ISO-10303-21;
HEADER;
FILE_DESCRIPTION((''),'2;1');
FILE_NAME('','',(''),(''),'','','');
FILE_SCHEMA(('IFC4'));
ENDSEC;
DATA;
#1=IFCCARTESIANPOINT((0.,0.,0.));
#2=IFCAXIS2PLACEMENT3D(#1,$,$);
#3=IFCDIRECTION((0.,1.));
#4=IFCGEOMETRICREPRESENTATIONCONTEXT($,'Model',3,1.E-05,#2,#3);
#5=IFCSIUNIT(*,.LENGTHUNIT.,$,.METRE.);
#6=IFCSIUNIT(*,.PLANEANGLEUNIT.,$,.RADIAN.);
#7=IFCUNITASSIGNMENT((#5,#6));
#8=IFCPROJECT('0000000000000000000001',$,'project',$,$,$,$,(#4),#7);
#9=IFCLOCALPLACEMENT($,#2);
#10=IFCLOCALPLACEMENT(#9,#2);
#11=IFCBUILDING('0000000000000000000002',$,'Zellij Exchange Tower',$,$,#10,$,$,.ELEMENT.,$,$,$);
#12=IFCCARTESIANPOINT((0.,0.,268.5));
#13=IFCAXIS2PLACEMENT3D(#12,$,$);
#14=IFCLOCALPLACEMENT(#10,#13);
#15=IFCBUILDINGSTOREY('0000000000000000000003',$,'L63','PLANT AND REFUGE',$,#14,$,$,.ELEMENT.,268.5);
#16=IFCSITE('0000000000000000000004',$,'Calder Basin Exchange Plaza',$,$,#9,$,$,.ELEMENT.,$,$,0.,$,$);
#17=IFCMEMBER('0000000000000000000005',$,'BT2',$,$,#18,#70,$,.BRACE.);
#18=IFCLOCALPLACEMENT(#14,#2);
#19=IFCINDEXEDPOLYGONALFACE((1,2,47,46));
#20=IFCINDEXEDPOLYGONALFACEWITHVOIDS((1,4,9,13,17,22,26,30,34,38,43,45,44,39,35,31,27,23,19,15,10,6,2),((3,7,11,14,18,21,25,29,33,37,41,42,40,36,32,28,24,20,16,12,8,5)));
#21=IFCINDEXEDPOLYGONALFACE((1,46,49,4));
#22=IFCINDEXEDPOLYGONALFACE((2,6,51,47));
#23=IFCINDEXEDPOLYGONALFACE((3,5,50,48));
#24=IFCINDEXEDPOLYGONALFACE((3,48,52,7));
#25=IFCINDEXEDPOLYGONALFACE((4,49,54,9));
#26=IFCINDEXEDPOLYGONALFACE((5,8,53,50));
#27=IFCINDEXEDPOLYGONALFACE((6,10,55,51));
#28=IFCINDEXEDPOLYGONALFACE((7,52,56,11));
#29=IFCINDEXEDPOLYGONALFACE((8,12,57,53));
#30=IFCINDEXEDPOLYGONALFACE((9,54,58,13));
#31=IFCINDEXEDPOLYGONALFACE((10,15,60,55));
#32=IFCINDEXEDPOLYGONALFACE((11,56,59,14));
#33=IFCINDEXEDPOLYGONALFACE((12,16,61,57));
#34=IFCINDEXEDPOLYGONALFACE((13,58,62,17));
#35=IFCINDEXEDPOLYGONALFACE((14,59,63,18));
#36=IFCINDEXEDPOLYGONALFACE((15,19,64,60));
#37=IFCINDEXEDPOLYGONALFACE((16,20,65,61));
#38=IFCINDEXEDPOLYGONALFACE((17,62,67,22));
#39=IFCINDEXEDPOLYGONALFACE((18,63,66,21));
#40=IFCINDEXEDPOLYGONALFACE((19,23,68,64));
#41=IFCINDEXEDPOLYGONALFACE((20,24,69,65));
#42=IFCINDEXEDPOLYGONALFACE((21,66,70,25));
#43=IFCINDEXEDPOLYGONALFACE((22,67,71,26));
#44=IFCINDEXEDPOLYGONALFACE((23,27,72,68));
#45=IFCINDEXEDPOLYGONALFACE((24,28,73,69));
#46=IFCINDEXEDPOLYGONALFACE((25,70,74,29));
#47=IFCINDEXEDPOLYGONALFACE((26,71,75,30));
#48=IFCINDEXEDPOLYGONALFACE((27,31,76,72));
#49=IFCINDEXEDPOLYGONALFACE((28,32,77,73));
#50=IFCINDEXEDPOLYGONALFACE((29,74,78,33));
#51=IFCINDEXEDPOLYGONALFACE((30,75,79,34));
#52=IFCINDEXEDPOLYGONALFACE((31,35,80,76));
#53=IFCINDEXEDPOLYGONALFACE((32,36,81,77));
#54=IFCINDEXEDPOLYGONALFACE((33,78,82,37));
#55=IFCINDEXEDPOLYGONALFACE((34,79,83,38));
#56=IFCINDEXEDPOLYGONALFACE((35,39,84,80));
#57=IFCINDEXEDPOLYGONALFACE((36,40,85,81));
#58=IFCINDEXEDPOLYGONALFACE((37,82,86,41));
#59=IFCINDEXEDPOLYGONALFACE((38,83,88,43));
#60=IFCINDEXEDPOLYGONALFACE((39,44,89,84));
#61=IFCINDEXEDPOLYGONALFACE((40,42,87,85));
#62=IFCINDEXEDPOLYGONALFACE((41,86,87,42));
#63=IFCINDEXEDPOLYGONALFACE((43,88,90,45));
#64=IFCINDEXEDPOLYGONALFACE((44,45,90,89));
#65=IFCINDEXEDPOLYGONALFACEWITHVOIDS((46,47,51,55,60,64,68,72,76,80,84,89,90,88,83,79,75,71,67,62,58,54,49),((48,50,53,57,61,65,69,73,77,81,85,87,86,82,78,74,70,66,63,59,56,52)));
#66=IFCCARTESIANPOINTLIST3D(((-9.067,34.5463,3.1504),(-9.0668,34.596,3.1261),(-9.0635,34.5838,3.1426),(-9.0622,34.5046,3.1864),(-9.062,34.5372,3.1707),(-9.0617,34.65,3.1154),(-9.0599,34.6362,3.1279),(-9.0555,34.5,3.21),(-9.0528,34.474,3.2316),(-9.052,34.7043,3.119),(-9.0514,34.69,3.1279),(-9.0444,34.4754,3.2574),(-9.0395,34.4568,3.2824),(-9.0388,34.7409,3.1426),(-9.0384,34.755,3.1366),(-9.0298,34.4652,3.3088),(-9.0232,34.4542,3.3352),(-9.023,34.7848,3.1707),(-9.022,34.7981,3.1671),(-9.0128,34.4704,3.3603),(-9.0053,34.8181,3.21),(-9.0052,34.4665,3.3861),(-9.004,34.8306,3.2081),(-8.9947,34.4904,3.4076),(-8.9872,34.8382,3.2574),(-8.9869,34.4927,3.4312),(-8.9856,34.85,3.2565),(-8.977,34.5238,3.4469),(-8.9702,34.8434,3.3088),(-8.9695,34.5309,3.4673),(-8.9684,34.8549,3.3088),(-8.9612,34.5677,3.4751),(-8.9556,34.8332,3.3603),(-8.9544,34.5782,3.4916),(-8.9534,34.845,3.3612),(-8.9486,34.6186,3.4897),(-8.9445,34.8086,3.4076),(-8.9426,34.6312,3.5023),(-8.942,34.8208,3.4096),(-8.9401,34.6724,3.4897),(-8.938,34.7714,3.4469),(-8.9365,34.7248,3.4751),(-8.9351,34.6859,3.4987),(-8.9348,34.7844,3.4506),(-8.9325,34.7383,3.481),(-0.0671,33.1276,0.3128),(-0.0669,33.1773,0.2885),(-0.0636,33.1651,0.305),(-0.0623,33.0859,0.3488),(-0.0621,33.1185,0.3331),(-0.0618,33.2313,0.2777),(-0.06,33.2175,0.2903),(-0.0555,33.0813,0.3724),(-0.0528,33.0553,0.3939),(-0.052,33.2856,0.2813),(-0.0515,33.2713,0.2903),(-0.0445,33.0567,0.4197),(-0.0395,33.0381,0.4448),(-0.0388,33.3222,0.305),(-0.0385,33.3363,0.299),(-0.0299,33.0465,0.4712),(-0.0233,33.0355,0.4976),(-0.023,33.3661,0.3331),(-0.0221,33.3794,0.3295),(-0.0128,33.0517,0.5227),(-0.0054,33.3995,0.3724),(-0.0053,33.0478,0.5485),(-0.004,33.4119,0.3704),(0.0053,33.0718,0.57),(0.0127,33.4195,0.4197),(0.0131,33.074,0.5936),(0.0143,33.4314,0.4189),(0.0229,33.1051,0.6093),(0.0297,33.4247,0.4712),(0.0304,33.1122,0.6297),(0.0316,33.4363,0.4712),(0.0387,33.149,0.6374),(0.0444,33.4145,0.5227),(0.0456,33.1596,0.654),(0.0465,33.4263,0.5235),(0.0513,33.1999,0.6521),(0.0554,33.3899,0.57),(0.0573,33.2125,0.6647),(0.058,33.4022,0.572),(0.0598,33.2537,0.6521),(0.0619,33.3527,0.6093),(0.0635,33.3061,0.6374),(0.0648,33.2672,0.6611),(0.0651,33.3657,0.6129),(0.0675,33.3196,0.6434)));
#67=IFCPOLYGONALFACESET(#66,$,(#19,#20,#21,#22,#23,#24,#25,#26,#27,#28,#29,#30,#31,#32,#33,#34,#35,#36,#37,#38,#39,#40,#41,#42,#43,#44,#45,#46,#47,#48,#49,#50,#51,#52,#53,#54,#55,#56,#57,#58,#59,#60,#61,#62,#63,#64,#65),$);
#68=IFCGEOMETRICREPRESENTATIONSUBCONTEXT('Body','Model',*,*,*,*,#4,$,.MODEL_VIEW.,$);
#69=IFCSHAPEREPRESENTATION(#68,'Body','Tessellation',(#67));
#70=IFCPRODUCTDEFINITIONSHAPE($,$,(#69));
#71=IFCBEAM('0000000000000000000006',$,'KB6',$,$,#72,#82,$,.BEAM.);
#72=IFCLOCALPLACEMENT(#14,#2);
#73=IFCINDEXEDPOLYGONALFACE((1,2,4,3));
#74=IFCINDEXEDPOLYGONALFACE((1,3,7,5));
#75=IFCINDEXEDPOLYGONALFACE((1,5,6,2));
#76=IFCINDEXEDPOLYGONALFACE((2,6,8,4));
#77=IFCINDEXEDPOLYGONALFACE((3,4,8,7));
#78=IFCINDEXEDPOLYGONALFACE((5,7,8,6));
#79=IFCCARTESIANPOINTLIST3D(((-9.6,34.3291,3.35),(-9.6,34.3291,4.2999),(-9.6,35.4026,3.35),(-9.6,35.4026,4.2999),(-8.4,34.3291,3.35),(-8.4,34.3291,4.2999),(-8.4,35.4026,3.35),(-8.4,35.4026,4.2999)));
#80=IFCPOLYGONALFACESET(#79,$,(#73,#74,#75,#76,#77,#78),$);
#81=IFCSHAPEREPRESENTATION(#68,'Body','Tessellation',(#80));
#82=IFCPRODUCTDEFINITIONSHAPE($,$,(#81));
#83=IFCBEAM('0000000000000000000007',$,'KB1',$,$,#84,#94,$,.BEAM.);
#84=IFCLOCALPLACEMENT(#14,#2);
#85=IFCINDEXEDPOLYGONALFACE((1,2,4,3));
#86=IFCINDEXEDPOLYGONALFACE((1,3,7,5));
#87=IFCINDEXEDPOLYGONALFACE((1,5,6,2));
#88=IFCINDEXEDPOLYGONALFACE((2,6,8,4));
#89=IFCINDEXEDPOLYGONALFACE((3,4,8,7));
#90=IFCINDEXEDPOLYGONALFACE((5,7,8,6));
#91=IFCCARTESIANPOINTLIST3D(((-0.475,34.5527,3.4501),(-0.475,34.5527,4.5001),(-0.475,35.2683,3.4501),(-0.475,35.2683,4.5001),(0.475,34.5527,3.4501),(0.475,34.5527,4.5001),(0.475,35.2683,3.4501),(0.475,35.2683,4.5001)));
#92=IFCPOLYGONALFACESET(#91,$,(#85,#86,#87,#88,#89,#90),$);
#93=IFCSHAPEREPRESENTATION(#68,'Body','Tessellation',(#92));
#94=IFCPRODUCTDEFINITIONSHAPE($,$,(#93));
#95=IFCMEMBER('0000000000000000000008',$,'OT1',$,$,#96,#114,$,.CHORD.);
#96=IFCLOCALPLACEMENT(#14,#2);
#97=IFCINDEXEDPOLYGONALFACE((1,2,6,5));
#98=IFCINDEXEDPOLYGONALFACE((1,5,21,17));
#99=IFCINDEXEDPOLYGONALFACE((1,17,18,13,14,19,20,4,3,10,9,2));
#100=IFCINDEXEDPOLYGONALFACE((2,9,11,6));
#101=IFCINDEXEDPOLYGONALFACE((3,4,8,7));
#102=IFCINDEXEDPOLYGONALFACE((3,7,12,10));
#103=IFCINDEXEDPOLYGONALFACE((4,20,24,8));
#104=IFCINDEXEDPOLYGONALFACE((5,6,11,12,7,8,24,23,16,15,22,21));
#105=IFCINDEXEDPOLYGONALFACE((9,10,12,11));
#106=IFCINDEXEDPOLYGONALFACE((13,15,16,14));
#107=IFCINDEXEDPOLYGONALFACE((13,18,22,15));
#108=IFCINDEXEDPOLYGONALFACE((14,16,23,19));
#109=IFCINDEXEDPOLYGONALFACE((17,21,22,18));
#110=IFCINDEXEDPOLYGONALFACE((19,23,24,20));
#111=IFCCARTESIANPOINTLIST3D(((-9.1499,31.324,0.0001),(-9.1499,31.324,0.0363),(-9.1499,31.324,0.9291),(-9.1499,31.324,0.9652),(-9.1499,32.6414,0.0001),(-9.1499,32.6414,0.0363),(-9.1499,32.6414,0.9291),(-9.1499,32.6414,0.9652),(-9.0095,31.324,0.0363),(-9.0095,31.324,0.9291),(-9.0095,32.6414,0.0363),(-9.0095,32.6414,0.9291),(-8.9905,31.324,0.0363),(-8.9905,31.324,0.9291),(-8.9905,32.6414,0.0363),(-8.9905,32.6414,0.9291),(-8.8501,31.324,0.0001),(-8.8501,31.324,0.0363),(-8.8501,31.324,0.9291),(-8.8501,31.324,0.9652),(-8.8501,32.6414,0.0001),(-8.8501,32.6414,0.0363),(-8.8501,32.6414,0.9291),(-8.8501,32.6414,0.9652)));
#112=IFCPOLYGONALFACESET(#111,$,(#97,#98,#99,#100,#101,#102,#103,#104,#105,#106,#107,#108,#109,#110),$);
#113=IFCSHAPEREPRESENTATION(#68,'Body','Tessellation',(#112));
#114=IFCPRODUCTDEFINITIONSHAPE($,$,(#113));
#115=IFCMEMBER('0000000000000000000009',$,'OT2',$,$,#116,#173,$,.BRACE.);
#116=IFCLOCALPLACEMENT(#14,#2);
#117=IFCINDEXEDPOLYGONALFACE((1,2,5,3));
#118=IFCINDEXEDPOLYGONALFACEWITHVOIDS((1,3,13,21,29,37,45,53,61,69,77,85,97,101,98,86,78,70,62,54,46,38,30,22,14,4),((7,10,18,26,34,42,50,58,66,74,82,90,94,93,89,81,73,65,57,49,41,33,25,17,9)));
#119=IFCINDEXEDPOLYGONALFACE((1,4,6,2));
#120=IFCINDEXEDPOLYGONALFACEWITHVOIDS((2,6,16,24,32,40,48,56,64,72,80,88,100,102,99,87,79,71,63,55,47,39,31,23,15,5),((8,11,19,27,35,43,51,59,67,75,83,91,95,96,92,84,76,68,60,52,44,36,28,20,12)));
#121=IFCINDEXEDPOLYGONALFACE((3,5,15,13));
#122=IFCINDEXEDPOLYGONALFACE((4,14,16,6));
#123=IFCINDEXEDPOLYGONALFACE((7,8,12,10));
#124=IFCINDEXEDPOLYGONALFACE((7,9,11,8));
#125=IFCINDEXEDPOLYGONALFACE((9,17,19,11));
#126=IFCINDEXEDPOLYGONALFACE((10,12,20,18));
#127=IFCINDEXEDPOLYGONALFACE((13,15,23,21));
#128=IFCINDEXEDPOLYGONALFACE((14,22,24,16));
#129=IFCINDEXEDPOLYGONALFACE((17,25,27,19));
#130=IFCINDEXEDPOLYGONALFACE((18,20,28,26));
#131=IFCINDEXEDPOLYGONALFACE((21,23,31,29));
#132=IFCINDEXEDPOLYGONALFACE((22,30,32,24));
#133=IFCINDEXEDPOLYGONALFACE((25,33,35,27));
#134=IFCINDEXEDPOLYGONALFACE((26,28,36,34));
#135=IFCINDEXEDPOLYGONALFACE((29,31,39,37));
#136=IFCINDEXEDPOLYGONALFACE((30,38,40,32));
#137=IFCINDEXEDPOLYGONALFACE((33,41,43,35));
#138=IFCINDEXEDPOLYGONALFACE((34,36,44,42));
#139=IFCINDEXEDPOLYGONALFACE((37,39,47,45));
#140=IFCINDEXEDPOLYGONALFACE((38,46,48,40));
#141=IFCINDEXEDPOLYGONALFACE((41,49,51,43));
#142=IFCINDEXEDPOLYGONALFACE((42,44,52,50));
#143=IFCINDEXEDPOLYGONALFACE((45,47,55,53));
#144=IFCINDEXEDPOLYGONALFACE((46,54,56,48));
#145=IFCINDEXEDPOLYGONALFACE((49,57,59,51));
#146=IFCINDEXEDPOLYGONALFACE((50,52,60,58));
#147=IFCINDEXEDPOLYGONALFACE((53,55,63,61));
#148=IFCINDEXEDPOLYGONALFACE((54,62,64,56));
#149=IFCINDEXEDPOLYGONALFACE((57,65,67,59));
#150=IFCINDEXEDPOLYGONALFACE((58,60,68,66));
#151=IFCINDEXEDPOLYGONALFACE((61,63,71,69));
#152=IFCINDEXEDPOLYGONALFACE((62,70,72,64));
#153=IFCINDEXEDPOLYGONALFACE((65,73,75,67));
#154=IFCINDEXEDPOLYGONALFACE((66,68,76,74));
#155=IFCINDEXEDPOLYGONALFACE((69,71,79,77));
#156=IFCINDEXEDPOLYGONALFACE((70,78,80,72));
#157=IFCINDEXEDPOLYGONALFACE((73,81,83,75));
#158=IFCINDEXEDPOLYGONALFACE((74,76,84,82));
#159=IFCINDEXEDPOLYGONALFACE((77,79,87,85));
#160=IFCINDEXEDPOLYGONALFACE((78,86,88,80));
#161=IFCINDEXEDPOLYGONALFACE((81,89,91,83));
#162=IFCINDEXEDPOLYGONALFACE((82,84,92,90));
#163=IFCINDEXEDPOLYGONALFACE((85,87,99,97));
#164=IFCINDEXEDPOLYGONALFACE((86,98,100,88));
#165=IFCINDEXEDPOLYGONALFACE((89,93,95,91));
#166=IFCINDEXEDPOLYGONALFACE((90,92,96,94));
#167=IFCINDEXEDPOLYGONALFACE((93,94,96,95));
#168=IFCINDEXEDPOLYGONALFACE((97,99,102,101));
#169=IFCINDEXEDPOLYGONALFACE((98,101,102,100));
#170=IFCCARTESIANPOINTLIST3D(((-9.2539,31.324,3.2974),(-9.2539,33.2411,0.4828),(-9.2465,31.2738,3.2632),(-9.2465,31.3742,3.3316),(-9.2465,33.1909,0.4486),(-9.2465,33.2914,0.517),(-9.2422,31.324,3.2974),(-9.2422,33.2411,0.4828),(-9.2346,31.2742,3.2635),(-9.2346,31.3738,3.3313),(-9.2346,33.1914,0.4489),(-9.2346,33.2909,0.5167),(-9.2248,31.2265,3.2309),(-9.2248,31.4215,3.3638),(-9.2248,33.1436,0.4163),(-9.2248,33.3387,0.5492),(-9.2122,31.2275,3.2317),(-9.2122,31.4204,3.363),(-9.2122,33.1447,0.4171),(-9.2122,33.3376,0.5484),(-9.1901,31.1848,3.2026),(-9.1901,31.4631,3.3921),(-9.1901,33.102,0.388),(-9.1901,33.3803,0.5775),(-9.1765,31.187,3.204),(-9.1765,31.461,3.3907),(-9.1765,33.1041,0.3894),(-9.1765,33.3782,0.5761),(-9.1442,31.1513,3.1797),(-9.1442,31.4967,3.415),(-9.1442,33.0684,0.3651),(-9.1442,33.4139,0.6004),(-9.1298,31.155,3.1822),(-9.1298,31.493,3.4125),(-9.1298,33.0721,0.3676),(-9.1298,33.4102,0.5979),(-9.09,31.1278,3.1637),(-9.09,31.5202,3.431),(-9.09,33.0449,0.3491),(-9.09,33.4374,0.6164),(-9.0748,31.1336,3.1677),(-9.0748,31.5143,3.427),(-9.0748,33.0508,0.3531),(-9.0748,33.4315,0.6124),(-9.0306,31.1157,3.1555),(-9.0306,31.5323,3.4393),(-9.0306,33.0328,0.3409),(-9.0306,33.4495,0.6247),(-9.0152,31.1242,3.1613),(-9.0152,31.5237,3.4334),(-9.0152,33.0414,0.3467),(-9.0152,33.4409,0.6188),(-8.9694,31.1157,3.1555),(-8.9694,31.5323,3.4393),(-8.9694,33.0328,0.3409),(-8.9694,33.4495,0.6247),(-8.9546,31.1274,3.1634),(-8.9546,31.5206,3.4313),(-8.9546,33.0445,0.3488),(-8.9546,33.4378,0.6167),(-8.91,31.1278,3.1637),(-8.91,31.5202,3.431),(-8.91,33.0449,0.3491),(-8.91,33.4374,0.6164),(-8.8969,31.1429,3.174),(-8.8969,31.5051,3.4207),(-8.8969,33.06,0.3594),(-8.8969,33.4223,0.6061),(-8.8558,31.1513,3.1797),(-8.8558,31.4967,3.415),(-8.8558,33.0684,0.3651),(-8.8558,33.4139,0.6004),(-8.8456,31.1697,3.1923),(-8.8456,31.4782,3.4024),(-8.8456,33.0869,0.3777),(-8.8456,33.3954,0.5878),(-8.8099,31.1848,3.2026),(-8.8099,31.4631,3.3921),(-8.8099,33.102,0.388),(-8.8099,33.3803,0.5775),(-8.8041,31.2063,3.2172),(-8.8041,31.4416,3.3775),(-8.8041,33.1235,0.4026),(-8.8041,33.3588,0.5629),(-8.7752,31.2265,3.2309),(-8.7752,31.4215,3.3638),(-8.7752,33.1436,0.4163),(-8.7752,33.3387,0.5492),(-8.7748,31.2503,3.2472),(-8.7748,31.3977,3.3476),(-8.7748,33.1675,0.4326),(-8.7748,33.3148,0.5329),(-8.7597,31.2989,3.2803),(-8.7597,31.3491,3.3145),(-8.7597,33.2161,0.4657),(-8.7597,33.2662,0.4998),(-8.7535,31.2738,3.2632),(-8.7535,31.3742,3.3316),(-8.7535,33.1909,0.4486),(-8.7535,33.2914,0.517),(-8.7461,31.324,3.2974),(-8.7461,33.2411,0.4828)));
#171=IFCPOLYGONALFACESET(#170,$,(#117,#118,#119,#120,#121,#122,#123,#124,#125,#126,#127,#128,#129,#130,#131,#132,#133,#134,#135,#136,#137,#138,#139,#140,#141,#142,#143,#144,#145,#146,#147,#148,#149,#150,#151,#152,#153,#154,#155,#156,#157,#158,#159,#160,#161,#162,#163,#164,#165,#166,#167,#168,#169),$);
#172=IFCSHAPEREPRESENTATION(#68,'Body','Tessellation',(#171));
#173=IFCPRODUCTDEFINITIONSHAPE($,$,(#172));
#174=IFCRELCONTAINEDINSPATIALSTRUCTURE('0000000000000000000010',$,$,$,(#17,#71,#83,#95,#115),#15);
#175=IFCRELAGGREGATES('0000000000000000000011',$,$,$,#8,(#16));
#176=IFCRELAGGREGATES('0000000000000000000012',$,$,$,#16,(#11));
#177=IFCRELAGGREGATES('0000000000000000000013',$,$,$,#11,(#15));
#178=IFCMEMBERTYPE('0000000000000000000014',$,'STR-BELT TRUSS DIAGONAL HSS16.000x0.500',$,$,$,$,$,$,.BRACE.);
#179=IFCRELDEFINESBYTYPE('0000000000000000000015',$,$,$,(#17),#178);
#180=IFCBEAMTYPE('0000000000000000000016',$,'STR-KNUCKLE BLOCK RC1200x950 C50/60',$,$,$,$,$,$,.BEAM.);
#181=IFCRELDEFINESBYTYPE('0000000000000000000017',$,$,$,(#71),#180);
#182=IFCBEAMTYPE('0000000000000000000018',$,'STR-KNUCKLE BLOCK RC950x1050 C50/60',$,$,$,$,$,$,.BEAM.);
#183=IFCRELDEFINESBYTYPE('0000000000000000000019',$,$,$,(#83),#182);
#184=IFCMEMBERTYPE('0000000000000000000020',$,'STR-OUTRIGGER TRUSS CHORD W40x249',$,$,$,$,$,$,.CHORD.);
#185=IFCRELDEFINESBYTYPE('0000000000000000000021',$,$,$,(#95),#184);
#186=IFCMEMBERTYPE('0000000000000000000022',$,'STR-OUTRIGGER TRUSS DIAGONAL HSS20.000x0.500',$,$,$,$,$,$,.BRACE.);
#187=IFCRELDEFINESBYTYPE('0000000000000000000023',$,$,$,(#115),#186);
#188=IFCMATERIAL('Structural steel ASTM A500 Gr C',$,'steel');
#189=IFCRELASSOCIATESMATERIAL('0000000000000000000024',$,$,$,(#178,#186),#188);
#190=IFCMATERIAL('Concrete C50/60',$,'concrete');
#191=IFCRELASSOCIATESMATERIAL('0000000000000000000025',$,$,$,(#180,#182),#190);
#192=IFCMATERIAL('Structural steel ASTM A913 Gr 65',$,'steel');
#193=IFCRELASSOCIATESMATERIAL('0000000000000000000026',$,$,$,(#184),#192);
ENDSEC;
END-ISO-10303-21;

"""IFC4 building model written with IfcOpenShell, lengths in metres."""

from ifc_helpers import new_model, si_unit, direction, frame, origin, origin_2d, place, context, subcontext, project, spatial, rectangle, hollow_circle, i_section, extrude, material, material_profile, profile_set, type_object, element, save


model = new_model("IFC4")

# Units and contexts
model_context = context("Model", 3, precision=1e-05, world=origin(), true_north=direction((0.0, 1.0)))
body_context = subcontext(model_context, "Body", "Model", "MODEL_VIEW")
ifc_project = project(units=[si_unit("LENGTHUNIT", "METRE"), si_unit("PLANEANGLEUNIT", "RADIAN")], contexts=[model_context])

# Site, building, storey
site_placement = place(None, origin())
site = spatial("IfcSite", under=ifc_project, at=site_placement, Name="Calder Basin Exchange Plaza", CompositionType="ELEMENT", RefElevation=0.0)
building_placement = place(site_placement, origin())
building = spatial("IfcBuilding", under=site, at=building_placement, Name="Zellij Exchange Tower", CompositionType="ELEMENT")
storey_placement = place(building_placement, frame((0.0, 0.0, 268.5)))
storey = spatial("IfcBuildingStorey", under=building, at=storey_placement, Name="L63", Description="PLANT AND REFUGE", CompositionType="ELEMENT", Elevation=268.5)

# Shared definitions
ifc_material_1 = material(Name="Concrete C50/60", Category="concrete")

# Member
ifc_material_2 = material(Name="Structural steel ASTM A500 Gr C", Category="steel")
ifc_material_profile_1 = material_profile(ifc_material_2, hollow_circle(Radius=0.2031, WallThickness=0.0117, at=origin_2d()), Name="STR-BELT TRUSS DIAGONAL HSS16.000x0.500")
ifc_profile_set_1 = profile_set([ifc_material_profile_1], Name="Structural steel ASTM A500 Gr C")
member_type_1 = type_object("IfcMemberType", Name="STR-BELT TRUSS DIAGONAL HSS16.000x0.500", PredefinedType="BRACE", material=ifc_profile_set_1)
member_1_placement = place(storey_placement, frame((-9.0, 34.6543, 3.3088), z_axis=(0.94312, -0.148667, -0.29736), x_axis=(0.155711, 0.987803, 0.0)))
element("IfcMember", 1, at=member_1_placement, inside=storey, type_object=member_type_1, Name="BT2", PredefinedType="BRACE", context=body_context, shape_type="SweptSolid", body=[
    extrude(hollow_circle(Radius=0.2031, WallThickness=0.0117, at=origin_2d()), origin(), (0.0, 0.0, 1.0), 9.5427),
])

# Beams
ifc_material_profile_2 = material_profile(ifc_material_1, rectangle(XDim=1.2, YDim=0.95, at=origin_2d()), Name="STR-KNUCKLE BLOCK RC1200x950 C50/60")
ifc_profile_set_2 = profile_set([ifc_material_profile_2], Name="Concrete C50/60")
beam_type_1 = type_object("IfcBeamType", Name="STR-KNUCKLE BLOCK RC1200x950 C50/60", PredefinedType="BEAM", material=ifc_profile_set_2)
beam_1_placement = place(storey_placement, frame((-9.0, 34.3291, 3.825), z_axis=(0.0, 1.0, 0.0), x_axis=(-1.0, 0.0, 0.0)))
element("IfcBeam", 2, at=beam_1_placement, inside=storey, type_object=beam_type_1, Name="KB6", PredefinedType="BEAM", context=body_context, shape_type="SweptSolid", body=[
    extrude(rectangle(XDim=1.2, YDim=0.95, at=origin_2d()), origin(), (0.0, 0.0, 1.0), 1.0735),
])
ifc_material_profile_3 = material_profile(ifc_material_1, rectangle(XDim=0.95, YDim=1.05, at=origin_2d()), Name="STR-KNUCKLE BLOCK RC950x1050 C50/60")
ifc_profile_set_3 = profile_set([ifc_material_profile_3], Name="Concrete C50/60")
beam_type_2 = type_object("IfcBeamType", Name="STR-KNUCKLE BLOCK RC950x1050 C50/60", PredefinedType="BEAM", material=ifc_profile_set_3)
beam_2_placement = place(storey_placement, frame((0.0, 34.5527, 3.9751), z_axis=(0.0, 1.0, 0.0), x_axis=(-1.0, 0.0, 0.0)))
element("IfcBeam", 3, at=beam_2_placement, inside=storey, type_object=beam_type_2, Name="KB1", PredefinedType="BEAM", context=body_context, shape_type="SweptSolid", body=[
    extrude(rectangle(XDim=0.95, YDim=1.05, at=origin_2d()), origin(), (0.0, 0.0, 1.0), 0.7156),
])

# Members
ifc_material_3 = material(Name="Structural steel ASTM A913 Gr 65", Category="steel")
ifc_material_profile_4 = material_profile(ifc_material_3, i_section(OverallWidth=0.2998, OverallDepth=0.9651, WebThickness=0.019, FlangeThickness=0.0361, at=origin_2d()), Name="W40x249")
ifc_profile_set_4 = profile_set([ifc_material_profile_4], Name="Structural steel ASTM A913 Gr 65")
member_type_2 = type_object("IfcMemberType", Name="STR-OUTRIGGER TRUSS CHORD W40x249", PredefinedType="CHORD", material=ifc_profile_set_4)
member_2_placement = place(storey_placement, frame((-9.0, 31.324, 0.4827), z_axis=(0.0, 1.0, 0.0), x_axis=(-1.0, 0.0, 0.0)))
element("IfcMember", 4, at=member_2_placement, inside=storey, type_object=member_type_2, Name="OT1", PredefinedType="CHORD", context=body_context, shape_type="SweptSolid", body=[
    extrude(i_section(OverallWidth=0.2998, OverallDepth=0.9651, WebThickness=0.019, FlangeThickness=0.0361, at=origin_2d()), origin(), (0.0, 0.0, 1.0), 1.3174),
])
ifc_material_profile_5 = material_profile(ifc_material_2, hollow_circle(Radius=0.2539, WallThickness=0.0117, at=origin_2d()), Name="STR-OUTRIGGER TRUSS DIAGONAL HSS20.000x0.500")
ifc_profile_set_5 = profile_set([ifc_material_profile_5], Name="Structural steel ASTM A500 Gr C")
member_type_3 = type_object("IfcMemberType", Name="STR-OUTRIGGER TRUSS DIAGONAL HSS20.000x0.500", PredefinedType="BRACE", material=ifc_profile_set_5)
member_3_placement = place(storey_placement, frame((-9.0, 31.324, 3.2974), z_axis=(0.0, 0.562961, -0.826484), x_axis=(-1.0, 0.0, 0.0)))
element("IfcMember", 5, at=member_3_placement, inside=storey, type_object=member_type_3, Name="OT2", PredefinedType="BRACE", context=body_context, shape_type="SweptSolid", body=[
    extrude(hollow_circle(Radius=0.2539, WallThickness=0.0117, at=origin_2d()), origin(), (0.0, 0.0, 1.0), 3.4055),
])

save(model, "model.ifc")
